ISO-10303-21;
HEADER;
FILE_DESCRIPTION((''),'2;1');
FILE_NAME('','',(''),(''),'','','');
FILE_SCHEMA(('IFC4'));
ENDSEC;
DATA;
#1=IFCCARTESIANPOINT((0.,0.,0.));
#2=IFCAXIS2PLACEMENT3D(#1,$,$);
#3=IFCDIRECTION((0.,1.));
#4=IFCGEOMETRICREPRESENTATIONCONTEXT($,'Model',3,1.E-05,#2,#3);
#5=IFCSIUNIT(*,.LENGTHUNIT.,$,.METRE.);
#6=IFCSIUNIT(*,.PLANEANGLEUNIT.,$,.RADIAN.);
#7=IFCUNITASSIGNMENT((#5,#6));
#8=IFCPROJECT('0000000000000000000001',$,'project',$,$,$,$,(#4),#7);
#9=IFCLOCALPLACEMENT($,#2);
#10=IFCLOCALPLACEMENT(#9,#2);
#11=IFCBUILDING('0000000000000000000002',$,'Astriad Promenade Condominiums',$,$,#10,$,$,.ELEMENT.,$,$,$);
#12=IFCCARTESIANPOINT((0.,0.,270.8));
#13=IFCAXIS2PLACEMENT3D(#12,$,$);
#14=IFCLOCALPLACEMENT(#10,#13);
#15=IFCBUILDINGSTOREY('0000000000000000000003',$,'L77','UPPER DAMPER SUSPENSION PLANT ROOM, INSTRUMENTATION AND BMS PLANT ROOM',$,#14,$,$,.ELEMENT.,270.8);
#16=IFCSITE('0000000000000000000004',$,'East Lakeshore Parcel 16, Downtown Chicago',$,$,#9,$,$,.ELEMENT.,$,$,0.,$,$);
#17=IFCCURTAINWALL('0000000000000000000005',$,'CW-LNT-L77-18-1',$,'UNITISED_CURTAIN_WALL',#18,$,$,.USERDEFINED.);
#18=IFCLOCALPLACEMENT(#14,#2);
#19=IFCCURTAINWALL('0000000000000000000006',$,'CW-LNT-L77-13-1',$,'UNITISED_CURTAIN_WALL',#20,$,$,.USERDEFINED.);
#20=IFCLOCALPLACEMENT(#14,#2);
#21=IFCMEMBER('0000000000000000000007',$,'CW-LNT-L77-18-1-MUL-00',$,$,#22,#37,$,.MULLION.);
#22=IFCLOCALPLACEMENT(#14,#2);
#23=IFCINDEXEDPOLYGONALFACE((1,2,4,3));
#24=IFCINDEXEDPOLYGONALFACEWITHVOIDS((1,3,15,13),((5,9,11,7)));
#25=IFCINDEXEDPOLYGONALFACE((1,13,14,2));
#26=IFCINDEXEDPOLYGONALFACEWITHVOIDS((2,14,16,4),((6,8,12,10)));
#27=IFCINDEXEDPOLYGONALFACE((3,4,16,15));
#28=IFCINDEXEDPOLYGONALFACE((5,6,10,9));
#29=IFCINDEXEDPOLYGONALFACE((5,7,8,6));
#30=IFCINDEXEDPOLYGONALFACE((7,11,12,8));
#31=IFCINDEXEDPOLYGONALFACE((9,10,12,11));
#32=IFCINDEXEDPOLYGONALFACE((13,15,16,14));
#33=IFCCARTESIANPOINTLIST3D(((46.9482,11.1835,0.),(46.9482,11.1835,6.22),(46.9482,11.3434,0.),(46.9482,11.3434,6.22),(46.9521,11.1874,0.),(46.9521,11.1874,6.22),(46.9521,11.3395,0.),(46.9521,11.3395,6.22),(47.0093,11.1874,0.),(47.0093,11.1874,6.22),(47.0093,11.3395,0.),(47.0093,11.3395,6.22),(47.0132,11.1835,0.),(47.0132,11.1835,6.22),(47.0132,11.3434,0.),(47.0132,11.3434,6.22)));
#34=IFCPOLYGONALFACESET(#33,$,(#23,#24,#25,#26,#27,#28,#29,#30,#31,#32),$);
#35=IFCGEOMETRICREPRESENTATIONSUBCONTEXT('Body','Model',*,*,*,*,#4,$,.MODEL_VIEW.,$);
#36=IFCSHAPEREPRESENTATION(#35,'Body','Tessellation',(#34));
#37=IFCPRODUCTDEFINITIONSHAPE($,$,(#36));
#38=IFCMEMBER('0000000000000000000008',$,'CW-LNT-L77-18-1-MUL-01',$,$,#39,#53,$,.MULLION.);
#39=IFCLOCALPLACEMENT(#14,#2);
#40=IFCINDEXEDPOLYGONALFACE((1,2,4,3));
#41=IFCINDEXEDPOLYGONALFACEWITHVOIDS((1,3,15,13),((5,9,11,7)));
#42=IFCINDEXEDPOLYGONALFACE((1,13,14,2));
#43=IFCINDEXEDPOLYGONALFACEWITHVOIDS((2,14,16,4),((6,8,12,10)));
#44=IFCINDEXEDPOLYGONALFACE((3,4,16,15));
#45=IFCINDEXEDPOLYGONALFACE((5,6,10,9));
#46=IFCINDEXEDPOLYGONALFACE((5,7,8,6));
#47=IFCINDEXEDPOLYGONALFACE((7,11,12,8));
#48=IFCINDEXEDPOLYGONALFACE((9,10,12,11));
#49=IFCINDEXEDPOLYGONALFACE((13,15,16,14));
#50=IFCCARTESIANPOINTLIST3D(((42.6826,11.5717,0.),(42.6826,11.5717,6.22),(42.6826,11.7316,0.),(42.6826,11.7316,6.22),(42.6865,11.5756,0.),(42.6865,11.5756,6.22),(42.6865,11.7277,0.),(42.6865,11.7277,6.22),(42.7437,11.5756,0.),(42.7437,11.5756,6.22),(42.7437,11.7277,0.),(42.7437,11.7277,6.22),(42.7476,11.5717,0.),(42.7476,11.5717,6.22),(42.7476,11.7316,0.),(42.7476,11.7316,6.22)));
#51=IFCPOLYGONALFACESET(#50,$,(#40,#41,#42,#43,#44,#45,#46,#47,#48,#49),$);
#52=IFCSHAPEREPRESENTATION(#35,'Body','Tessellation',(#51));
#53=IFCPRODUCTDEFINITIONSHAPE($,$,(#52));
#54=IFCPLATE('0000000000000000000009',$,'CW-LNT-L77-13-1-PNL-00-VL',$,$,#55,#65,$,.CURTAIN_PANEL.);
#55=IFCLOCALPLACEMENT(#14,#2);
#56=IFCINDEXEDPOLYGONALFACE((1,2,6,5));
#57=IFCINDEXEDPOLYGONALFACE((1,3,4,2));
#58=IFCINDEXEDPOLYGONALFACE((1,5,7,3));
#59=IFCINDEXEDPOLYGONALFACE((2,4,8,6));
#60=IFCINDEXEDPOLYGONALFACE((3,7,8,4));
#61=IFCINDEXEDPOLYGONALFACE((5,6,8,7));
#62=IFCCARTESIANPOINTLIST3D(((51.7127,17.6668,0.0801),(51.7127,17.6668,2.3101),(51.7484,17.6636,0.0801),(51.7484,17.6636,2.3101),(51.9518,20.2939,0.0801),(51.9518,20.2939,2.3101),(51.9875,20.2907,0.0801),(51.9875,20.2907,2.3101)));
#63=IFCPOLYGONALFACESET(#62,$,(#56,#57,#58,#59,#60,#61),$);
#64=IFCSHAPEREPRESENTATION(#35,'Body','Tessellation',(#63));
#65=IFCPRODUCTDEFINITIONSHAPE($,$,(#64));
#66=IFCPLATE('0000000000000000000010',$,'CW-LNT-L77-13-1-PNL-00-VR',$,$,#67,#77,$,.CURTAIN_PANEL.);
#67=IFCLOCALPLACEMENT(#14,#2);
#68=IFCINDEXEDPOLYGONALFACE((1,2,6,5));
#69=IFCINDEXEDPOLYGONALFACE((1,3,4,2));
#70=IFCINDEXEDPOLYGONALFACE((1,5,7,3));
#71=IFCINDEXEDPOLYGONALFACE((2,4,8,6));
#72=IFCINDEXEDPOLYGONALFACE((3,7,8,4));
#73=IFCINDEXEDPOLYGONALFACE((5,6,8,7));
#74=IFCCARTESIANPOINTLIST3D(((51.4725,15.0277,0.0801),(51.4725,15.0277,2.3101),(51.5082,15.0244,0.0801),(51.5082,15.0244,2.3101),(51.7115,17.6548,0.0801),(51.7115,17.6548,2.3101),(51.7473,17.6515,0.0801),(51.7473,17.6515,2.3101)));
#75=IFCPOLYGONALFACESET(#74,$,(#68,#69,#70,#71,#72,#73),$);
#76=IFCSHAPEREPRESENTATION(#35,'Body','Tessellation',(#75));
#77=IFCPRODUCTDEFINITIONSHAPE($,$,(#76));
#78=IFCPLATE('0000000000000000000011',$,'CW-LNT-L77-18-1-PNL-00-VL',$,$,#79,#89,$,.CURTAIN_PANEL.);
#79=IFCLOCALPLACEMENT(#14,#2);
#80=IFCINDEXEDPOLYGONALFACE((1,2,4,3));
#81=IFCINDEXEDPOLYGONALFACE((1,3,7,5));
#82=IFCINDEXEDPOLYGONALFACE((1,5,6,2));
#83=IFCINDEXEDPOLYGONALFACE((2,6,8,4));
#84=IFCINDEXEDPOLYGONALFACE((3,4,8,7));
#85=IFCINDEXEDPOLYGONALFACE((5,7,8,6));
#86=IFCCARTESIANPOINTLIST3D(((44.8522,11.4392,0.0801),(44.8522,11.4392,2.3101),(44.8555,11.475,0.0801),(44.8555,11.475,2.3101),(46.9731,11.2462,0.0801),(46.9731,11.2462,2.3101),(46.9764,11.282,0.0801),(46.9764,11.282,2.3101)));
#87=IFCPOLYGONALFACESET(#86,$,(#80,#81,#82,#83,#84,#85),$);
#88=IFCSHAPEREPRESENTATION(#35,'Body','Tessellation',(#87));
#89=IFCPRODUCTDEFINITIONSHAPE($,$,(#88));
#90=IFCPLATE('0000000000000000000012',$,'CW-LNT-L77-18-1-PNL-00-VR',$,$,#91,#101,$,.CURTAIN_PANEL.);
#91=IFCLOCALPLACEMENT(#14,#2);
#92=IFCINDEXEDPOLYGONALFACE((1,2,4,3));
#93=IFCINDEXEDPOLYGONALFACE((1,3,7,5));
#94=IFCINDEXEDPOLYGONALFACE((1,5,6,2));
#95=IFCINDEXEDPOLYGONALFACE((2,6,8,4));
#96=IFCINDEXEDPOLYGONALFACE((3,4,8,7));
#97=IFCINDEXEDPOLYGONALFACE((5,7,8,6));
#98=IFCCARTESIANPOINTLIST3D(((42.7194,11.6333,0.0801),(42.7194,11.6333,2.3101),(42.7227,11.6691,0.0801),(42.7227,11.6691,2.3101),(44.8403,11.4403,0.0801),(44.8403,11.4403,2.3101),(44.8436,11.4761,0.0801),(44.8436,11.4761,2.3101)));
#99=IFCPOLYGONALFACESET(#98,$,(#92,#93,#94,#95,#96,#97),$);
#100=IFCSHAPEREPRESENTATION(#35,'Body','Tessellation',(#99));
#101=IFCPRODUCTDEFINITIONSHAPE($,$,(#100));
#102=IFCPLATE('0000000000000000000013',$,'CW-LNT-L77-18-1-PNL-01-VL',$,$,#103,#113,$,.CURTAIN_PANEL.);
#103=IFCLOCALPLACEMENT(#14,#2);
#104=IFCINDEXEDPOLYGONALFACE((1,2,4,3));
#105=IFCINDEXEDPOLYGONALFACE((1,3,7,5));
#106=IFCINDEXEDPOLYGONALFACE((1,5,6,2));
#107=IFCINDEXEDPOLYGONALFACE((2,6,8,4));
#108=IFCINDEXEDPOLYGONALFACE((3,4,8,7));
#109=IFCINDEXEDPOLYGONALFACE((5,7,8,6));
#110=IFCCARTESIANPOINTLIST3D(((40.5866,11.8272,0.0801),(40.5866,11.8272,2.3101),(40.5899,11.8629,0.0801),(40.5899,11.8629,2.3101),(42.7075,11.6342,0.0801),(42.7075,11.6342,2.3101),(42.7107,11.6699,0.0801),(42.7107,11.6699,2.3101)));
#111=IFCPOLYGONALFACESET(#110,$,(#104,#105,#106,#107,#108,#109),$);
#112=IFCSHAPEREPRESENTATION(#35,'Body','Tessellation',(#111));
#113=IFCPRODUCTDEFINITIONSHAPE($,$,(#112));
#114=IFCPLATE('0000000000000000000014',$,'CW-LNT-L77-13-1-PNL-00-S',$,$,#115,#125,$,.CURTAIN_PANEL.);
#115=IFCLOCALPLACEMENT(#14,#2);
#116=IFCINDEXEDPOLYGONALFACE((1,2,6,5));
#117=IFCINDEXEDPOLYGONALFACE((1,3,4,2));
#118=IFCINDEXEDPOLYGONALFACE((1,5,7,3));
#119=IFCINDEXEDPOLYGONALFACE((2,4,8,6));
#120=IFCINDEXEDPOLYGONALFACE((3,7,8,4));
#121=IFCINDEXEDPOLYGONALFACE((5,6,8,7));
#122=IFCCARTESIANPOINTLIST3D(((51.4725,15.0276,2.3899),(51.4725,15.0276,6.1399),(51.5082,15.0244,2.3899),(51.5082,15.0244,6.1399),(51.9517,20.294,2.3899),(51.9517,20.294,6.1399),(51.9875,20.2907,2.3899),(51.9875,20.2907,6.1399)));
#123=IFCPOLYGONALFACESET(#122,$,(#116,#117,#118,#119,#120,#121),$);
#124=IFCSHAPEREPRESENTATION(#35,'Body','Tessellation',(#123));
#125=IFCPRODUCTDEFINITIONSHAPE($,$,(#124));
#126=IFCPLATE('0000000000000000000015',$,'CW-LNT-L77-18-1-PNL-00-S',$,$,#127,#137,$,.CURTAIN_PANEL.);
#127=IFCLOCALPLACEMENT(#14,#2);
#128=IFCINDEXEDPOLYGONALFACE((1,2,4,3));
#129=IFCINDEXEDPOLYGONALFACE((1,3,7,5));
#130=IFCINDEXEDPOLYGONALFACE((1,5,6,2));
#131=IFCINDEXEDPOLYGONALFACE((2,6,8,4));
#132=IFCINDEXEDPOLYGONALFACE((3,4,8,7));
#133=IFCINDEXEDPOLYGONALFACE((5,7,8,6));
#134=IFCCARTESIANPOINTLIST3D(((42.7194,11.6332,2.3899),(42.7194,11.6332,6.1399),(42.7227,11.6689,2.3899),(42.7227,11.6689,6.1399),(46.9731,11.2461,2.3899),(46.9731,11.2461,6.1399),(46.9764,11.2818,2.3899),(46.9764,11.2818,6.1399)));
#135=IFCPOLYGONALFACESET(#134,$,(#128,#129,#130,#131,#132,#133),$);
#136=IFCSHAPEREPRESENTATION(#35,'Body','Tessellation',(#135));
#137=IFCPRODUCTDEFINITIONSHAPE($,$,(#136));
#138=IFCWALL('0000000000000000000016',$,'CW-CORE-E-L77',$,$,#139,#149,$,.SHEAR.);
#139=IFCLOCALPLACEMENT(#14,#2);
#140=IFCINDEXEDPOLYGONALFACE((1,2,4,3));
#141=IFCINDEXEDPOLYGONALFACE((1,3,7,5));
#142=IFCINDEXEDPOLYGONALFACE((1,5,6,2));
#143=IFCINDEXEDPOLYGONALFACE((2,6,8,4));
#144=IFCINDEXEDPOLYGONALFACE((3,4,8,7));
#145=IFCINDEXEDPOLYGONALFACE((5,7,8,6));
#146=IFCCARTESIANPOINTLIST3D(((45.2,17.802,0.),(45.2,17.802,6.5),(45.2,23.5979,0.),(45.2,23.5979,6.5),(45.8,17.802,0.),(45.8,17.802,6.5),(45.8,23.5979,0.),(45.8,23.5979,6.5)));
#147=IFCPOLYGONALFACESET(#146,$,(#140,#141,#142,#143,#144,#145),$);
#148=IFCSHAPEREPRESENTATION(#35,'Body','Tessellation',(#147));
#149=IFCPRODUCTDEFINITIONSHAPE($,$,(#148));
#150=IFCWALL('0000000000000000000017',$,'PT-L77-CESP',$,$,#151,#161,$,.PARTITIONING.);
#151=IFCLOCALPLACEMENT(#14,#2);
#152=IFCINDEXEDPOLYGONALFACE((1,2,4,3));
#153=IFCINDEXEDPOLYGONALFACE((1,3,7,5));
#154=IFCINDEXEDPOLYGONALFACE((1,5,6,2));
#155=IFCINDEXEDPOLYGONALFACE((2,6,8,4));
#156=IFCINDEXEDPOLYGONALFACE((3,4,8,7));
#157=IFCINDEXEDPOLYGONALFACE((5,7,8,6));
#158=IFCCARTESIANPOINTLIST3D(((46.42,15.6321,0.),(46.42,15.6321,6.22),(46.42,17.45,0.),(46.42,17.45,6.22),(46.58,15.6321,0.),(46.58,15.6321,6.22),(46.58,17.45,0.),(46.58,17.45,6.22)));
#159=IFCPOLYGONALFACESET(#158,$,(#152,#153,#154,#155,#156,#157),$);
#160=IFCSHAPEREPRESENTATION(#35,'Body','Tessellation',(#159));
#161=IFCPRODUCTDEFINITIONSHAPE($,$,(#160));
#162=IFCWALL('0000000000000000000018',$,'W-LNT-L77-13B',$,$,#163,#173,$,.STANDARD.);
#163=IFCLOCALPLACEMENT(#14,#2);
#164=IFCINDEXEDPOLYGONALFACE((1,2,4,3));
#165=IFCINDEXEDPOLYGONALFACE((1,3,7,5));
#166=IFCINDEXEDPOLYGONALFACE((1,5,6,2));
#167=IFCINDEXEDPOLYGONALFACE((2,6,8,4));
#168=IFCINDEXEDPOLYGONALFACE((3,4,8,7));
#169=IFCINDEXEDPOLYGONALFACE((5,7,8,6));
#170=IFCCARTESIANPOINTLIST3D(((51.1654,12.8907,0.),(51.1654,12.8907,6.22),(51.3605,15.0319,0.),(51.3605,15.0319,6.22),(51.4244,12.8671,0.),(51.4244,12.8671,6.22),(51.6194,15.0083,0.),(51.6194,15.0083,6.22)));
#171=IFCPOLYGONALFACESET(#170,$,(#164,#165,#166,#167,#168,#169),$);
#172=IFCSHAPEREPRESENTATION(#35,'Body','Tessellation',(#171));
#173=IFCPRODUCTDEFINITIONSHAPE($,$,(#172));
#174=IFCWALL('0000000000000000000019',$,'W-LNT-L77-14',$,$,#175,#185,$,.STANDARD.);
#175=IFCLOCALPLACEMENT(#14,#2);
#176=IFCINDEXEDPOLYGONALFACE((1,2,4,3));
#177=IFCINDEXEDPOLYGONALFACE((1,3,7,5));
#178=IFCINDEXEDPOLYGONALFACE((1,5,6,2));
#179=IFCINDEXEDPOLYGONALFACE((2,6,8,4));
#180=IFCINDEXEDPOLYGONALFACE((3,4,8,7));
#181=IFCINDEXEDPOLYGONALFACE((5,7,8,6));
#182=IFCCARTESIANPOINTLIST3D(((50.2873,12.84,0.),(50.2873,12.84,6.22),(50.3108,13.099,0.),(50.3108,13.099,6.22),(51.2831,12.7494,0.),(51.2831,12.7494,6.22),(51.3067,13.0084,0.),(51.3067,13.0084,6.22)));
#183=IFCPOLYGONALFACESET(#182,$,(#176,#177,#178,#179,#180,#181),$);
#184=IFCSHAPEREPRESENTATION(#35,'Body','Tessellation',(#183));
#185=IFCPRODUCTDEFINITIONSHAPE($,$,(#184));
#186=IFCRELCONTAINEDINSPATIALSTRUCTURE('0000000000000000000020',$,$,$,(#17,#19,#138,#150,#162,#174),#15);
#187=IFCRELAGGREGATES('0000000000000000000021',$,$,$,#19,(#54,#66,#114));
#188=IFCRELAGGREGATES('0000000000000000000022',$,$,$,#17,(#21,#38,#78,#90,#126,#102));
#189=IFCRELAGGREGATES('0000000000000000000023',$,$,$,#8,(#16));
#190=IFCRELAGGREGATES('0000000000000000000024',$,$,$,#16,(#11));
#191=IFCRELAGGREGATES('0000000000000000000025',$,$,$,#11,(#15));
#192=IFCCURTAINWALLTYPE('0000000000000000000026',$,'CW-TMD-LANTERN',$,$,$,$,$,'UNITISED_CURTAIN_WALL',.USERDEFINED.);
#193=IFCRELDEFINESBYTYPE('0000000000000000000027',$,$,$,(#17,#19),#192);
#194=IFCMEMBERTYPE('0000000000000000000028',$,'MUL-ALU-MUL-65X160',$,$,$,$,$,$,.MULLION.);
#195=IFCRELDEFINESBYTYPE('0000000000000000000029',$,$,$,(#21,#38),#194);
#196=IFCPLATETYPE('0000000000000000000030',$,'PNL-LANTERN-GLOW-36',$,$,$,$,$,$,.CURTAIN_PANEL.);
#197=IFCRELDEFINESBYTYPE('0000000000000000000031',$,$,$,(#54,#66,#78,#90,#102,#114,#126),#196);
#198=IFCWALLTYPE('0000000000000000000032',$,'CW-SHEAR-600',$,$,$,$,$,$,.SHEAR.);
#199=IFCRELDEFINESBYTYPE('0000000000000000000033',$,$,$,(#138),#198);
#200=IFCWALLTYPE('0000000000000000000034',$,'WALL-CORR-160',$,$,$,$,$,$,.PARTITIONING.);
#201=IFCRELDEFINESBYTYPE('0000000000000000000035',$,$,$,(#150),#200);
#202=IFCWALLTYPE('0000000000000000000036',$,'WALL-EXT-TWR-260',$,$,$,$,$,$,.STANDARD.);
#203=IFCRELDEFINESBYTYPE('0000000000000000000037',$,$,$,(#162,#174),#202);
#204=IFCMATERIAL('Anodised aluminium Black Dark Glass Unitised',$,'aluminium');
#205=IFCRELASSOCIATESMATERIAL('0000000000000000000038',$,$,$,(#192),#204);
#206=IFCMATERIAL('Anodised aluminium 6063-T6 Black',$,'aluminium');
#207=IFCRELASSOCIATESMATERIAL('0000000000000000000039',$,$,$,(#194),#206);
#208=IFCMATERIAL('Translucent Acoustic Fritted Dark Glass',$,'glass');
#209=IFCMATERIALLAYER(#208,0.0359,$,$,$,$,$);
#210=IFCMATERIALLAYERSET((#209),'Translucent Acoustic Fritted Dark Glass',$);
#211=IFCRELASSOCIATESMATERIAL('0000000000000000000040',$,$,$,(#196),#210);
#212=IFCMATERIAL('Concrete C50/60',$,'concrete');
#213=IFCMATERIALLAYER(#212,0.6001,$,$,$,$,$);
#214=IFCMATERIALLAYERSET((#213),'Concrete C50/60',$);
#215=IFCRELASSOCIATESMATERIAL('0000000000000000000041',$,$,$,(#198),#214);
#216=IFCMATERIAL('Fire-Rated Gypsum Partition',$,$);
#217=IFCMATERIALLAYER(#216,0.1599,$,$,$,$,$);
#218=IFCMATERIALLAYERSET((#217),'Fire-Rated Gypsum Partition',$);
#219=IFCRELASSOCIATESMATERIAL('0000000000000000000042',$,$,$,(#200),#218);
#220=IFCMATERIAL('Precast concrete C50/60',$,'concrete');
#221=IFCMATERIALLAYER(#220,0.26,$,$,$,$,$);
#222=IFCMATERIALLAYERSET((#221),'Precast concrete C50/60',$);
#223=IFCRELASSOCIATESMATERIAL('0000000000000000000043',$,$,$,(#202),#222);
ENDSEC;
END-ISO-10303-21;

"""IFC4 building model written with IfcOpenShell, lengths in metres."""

from ifc_helpers import new_model, si_unit, direction, frame, frame_2d, origin, origin_2d, place, context, subcontext, project, spatial, rectangle, hollow_rectangle, extrude, source, transform, mapped, material, layer, layer_set, material_profile, profile_set, type_object, type_shapes, element, aggregate, save


model = new_model("IFC4")

# Units and contexts
model_context = context("Model", 3, precision=1e-05, world=origin(), true_north=direction((0.0, 1.0)))
body_context = subcontext(model_context, "Body", "Model", "MODEL_VIEW")
ifc_project = project(units=[si_unit("LENGTHUNIT", "METRE"), si_unit("PLANEANGLEUNIT", "RADIAN")], contexts=[model_context])

# Site, building, storey
site_placement = place(None, origin())
site = spatial("IfcSite", under=ifc_project, at=site_placement, Name="East Lakeshore Parcel 16, Downtown Chicago", CompositionType="ELEMENT", RefElevation=0.0)
building_placement = place(site_placement, origin())
building = spatial("IfcBuilding", under=site, at=building_placement, Name="Astriad Promenade Condominiums", CompositionType="ELEMENT")
storey_placement = place(building_placement, frame((0.0, 0.0, 270.8)))
storey = spatial("IfcBuildingStorey", under=building, at=storey_placement, Name="L77", Description="UPPER DAMPER SUSPENSION PLANT ROOM, INSTRUMENTATION AND BMS PLANT ROOM", CompositionType="ELEMENT", Elevation=270.8)

# Curtain walls
ifc_material_1 = material(Name="Anodised aluminium Black Dark Glass Unitised", Category="aluminium")
curtain_wall_type = type_object("IfcCurtainWallType", Name="CW-TMD-LANTERN", ElementType="UNITISED_CURTAIN_WALL", PredefinedType="USERDEFINED", material=ifc_material_1)
curtain_wall_1_placement = place(storey_placement, origin())
curtain_wall_1 = element("IfcCurtainWall", 1, at=curtain_wall_1_placement, inside=storey, type_object=curtain_wall_type, Name="CW-LNT-L77-18-1", ObjectType="UNITISED_CURTAIN_WALL", PredefinedType="USERDEFINED")
ifc_material_2 = material(Name="Anodised aluminium 6063-T6 Black", Category="aluminium")
curtain_wall_2_placement = place(storey_placement, origin())
curtain_wall_2 = element("IfcCurtainWall", 2, at=curtain_wall_2_placement, inside=storey, type_object=curtain_wall_type, Name="CW-LNT-L77-13-1", ObjectType="UNITISED_CURTAIN_WALL", PredefinedType="USERDEFINED")
ifc_material_profile_1 = material_profile(ifc_material_2, hollow_rectangle(XDim=0.0649, YDim=0.1599, WallThickness=0.0039, at=origin_2d()), Name="ALU-MUL-65X160")
ifc_profile_set_1 = profile_set([ifc_material_profile_1], Name="Anodised aluminium 6063-T6 Black")
member_type_1 = type_object("IfcMemberType", Name="MUL-ALU-MUL-65X160", PredefinedType="MULLION", material=ifc_profile_set_1)
shared_shape_1 = source(origin(), body_context, "Body", "SweptSolid", [
    extrude(hollow_rectangle(XDim=0.0649, YDim=0.1599, WallThickness=0.0039, at=origin_2d()), origin(), (0.0, 0.0, 1.0), 6.22),
])
type_shapes(member_type_1, [shared_shape_1])

# Members
member_1_placement = place(storey_placement, frame((46.9807, 11.2634, 0.0), z_axis=(0.0, 0.0, 1.0), x_axis=(1.0, 0.0, 0.0)))
member_1 = element("IfcMember", 3, at=member_1_placement, type_object=member_type_1, Name="CW-LNT-L77-18-1-MUL-00", PredefinedType="MULLION", context=body_context, shape_type="MappedRepresentation", body=[
    mapped(shared_shape_1, transform((0.0, 0.0, 0.0), scale=1.0)),
])
member_2_placement = place(storey_placement, frame((42.7151, 11.6516, 0.0), z_axis=(0.0, 0.0, 1.0), x_axis=(1.0, 0.0, 0.0)))
member_2 = element("IfcMember", 4, at=member_2_placement, type_object=member_type_1, Name="CW-LNT-L77-18-1-MUL-01", PredefinedType="MULLION", context=body_context, shape_type="MappedRepresentation", body=[
    mapped(shared_shape_1, transform((0.0, 0.0, 0.0), scale=1.0)),
])

# Plates
ifc_material_3 = material(Name="Translucent Acoustic Fritted Dark Glass", Category="glass")
ifc_layer_1 = layer(ifc_material_3, 0.0359)
ifc_layer_set_1 = layer_set([ifc_layer_1], Name="Translucent Acoustic Fritted Dark Glass")
plate_type = type_object("IfcPlateType", Name="PNL-LANTERN-GLOW-36", PredefinedType="CURTAIN_PANEL", material=ifc_layer_set_1)
shared_shape_2 = source(origin(), body_context, "Body", "SweptSolid", [
    extrude(rectangle(XDim=2.6379, YDim=0.0359, at=origin_2d()), origin(), (0.0, 0.0, 1.0), 2.23),
])
plate_1_placement = place(storey_placement, frame((51.8501, 18.9788, 0.0801), z_axis=(0.0, 0.0, 1.0), x_axis=(-0.090633, -0.995884, 0.0)))
plate_1 = element("IfcPlate", 5, at=plate_1_placement, type_object=plate_type, Name="CW-LNT-L77-13-1-PNL-00-VL", PredefinedType="CURTAIN_PANEL", context=body_context, shape_type="MappedRepresentation", body=[
    mapped(shared_shape_2, transform((0.0, 0.0, 0.0), scale=1.0)),
])
plate_2_placement = place(storey_placement, frame((51.6099, 16.3396, 0.0801), z_axis=(0.0, 0.0, 1.0), x_axis=(-0.090633, -0.995884, 0.0)))
plate_2 = element("IfcPlate", 6, at=plate_2_placement, type_object=plate_type, Name="CW-LNT-L77-13-1-PNL-00-VR", PredefinedType="CURTAIN_PANEL", context=body_context, shape_type="MappedRepresentation", body=[
    mapped(shared_shape_2, transform((0.0, 0.0, 0.0), scale=1.0)),
])
shared_shape_3 = source(origin(), body_context, "Body", "SweptSolid", [
    extrude(rectangle(XDim=2.1296, YDim=0.0359, at=origin_2d()), origin(), (0.0, 0.0, 1.0), 2.23),
])
plate_3_placement = place(storey_placement, frame((45.9143, 11.3606, 0.0801), z_axis=(0.0, 0.0, 1.0), x_axis=(-0.995884, 0.090633, 0.0)))
plate_3 = element("IfcPlate", 7, at=plate_3_placement, type_object=plate_type, Name="CW-LNT-L77-18-1-PNL-00-VL", PredefinedType="CURTAIN_PANEL", context=body_context, shape_type="MappedRepresentation", body=[
    mapped(shared_shape_3, transform((0.0, 0.0, 0.0), scale=1.0)),
])
plate_4_placement = place(storey_placement, frame((43.7815, 11.5547, 0.0801), z_axis=(0.0, 0.0, 1.0), x_axis=(-0.995884, 0.090633, 0.0)))
plate_4 = element("IfcPlate", 8, at=plate_4_placement, type_object=plate_type, Name="CW-LNT-L77-18-1-PNL-00-VR", PredefinedType="CURTAIN_PANEL", context=body_context, shape_type="MappedRepresentation", body=[
    mapped(shared_shape_3, transform((0.0, 0.0, 0.0), scale=1.0)),
])
plate_5_placement = place(storey_placement, frame((41.6487, 11.7485, 0.0801), z_axis=(0.0, 0.0, 1.0), x_axis=(-0.995884, 0.090633, 0.0)))
plate_5 = element("IfcPlate", 9, at=plate_5_placement, type_object=plate_type, Name="CW-LNT-L77-18-1-PNL-01-VL", PredefinedType="CURTAIN_PANEL", context=body_context, shape_type="MappedRepresentation", body=[
    mapped(shared_shape_3, transform((0.0, 0.0, 0.0), scale=1.0)),
])
shared_shape_4 = source(origin(), body_context, "Body", "SweptSolid", [
    extrude(rectangle(XDim=5.2881, YDim=0.0359, at=origin_2d()), origin(), (0.0, 0.0, 1.0), 3.75),
])
plate_6_placement = place(storey_placement, frame((51.73, 17.6592, 2.3899), z_axis=(0.0, 0.0, 1.0), x_axis=(-0.090633, -0.995884, 0.0)))
plate_6 = element("IfcPlate", 10, at=plate_6_placement, type_object=plate_type, Name="CW-LNT-L77-13-1-PNL-00-S", PredefinedType="CURTAIN_PANEL", context=body_context, shape_type="MappedRepresentation", body=[
    mapped(shared_shape_4, transform((0.0, 0.0, 0.0), scale=1.0)),
])
aggregate(curtain_wall_2, [plate_1, plate_2, plate_6])
shared_shape_5 = source(origin(), body_context, "Body", "SweptSolid", [
    extrude(rectangle(XDim=4.2712, YDim=0.0359, at=origin_2d()), origin(), (0.0, 0.0, 1.0), 3.75),
])
type_shapes(plate_type, [shared_shape_2, shared_shape_3, shared_shape_4, shared_shape_5])
plate_7_placement = place(storey_placement, frame((44.8479, 11.4575, 2.3899), z_axis=(0.0, 0.0, 1.0), x_axis=(-0.995884, 0.090633, 0.0)))
plate_7 = element("IfcPlate", 11, at=plate_7_placement, type_object=plate_type, Name="CW-LNT-L77-18-1-PNL-00-S", PredefinedType="CURTAIN_PANEL", context=body_context, shape_type="MappedRepresentation", body=[
    mapped(shared_shape_5, transform((0.0, 0.0, 0.0), scale=1.0)),
])
aggregate(curtain_wall_1, [member_1, member_2, plate_3, plate_4, plate_7, plate_5])

# Walls
ifc_material_4 = material(Name="Concrete C50/60", Category="concrete")
ifc_layer_2 = layer(ifc_material_4, 0.6001)
ifc_layer_set_2 = layer_set([ifc_layer_2], Name="Concrete C50/60")
wall_type_1 = type_object("IfcWallType", Name="CW-SHEAR-600", PredefinedType="SHEAR", material=ifc_layer_set_2)
wall_1_placement = place(storey_placement, frame((45.5, 17.802, 0.0), z_axis=(0.0, 0.0, 1.0), x_axis=(0.0, 1.0, 0.0)))
element("IfcWall", 12, at=wall_1_placement, inside=storey, type_object=wall_type_1, Name="CW-CORE-E-L77", PredefinedType="SHEAR", context=body_context, shape_type="SweptSolid", body=[
    extrude(rectangle(XDim=5.7959, YDim=0.6001, at=frame_2d((2.8979, 0.0))), origin(), (0.0, 0.0, 1.0), 6.5),
])
ifc_material_5 = material(Name="Fire-Rated Gypsum Partition")
ifc_layer_3 = layer(ifc_material_5, 0.1599)
ifc_layer_set_3 = layer_set([ifc_layer_3], Name="Fire-Rated Gypsum Partition")
wall_type_2 = type_object("IfcWallType", Name="WALL-CORR-160", PredefinedType="PARTITIONING", material=ifc_layer_set_3)
wall_2_placement = place(storey_placement, frame((46.5, 15.6321, 0.0), z_axis=(0.0, 0.0, 1.0), x_axis=(0.0, 1.0, 0.0)))
element("IfcWall", 13, at=wall_2_placement, inside=storey, type_object=wall_type_2, Name="PT-L77-CESP", PredefinedType="PARTITIONING", context=body_context, shape_type="SweptSolid", body=[
    extrude(rectangle(XDim=1.8179, YDim=0.1599, at=frame_2d((0.9089, 0.0))), origin(), (0.0, 0.0, 1.0), 6.22),
])
ifc_material_6 = material(Name="Precast concrete C50/60", Category="concrete")
ifc_layer_4 = layer(ifc_material_6, 0.26)
ifc_layer_set_4 = layer_set([ifc_layer_4], Name="Precast concrete C50/60")
wall_type_3 = type_object("IfcWallType", Name="WALL-EXT-TWR-260", PredefinedType="STANDARD", material=ifc_layer_set_4)
wall_3_placement = place(storey_placement, frame((51.49, 15.0203, 0.0), z_axis=(0.0, 0.0, 1.0), x_axis=(-0.09072, -0.995876, 0.0)))
element("IfcWall", 14, at=wall_3_placement, inside=storey, type_object=wall_type_3, Name="W-LNT-L77-13B", PredefinedType="STANDARD", context=body_context, shape_type="SweptSolid", body=[
    extrude(rectangle(XDim=2.1501, YDim=0.26, at=frame_2d((1.0752, 0.0))), origin(), (0.0, 0.0, 1.0), 6.22),
])
for number, where, z_axis, x_axis, name in (
    (15, (51.2949, 12.8789, 0.0), (0.0, 0.0, 1.0), (-0.995889, 0.09058, 0.0), "W-LNT-L77-14"),
):
    element("IfcWall", number, at=place(storey_placement, frame(where, z_axis=z_axis, x_axis=x_axis)), inside=storey, type_object=wall_type_3, Name=name, PredefinedType="STANDARD", context=body_context, shape_type="SweptSolid", body=[
        extrude(rectangle(XDim=1.0, YDim=0.26, at=frame_2d((0.5, 0.0))), origin(), (0.0, 0.0, 1.0), 6.22),
    ])

save(model, "model.ifc")
